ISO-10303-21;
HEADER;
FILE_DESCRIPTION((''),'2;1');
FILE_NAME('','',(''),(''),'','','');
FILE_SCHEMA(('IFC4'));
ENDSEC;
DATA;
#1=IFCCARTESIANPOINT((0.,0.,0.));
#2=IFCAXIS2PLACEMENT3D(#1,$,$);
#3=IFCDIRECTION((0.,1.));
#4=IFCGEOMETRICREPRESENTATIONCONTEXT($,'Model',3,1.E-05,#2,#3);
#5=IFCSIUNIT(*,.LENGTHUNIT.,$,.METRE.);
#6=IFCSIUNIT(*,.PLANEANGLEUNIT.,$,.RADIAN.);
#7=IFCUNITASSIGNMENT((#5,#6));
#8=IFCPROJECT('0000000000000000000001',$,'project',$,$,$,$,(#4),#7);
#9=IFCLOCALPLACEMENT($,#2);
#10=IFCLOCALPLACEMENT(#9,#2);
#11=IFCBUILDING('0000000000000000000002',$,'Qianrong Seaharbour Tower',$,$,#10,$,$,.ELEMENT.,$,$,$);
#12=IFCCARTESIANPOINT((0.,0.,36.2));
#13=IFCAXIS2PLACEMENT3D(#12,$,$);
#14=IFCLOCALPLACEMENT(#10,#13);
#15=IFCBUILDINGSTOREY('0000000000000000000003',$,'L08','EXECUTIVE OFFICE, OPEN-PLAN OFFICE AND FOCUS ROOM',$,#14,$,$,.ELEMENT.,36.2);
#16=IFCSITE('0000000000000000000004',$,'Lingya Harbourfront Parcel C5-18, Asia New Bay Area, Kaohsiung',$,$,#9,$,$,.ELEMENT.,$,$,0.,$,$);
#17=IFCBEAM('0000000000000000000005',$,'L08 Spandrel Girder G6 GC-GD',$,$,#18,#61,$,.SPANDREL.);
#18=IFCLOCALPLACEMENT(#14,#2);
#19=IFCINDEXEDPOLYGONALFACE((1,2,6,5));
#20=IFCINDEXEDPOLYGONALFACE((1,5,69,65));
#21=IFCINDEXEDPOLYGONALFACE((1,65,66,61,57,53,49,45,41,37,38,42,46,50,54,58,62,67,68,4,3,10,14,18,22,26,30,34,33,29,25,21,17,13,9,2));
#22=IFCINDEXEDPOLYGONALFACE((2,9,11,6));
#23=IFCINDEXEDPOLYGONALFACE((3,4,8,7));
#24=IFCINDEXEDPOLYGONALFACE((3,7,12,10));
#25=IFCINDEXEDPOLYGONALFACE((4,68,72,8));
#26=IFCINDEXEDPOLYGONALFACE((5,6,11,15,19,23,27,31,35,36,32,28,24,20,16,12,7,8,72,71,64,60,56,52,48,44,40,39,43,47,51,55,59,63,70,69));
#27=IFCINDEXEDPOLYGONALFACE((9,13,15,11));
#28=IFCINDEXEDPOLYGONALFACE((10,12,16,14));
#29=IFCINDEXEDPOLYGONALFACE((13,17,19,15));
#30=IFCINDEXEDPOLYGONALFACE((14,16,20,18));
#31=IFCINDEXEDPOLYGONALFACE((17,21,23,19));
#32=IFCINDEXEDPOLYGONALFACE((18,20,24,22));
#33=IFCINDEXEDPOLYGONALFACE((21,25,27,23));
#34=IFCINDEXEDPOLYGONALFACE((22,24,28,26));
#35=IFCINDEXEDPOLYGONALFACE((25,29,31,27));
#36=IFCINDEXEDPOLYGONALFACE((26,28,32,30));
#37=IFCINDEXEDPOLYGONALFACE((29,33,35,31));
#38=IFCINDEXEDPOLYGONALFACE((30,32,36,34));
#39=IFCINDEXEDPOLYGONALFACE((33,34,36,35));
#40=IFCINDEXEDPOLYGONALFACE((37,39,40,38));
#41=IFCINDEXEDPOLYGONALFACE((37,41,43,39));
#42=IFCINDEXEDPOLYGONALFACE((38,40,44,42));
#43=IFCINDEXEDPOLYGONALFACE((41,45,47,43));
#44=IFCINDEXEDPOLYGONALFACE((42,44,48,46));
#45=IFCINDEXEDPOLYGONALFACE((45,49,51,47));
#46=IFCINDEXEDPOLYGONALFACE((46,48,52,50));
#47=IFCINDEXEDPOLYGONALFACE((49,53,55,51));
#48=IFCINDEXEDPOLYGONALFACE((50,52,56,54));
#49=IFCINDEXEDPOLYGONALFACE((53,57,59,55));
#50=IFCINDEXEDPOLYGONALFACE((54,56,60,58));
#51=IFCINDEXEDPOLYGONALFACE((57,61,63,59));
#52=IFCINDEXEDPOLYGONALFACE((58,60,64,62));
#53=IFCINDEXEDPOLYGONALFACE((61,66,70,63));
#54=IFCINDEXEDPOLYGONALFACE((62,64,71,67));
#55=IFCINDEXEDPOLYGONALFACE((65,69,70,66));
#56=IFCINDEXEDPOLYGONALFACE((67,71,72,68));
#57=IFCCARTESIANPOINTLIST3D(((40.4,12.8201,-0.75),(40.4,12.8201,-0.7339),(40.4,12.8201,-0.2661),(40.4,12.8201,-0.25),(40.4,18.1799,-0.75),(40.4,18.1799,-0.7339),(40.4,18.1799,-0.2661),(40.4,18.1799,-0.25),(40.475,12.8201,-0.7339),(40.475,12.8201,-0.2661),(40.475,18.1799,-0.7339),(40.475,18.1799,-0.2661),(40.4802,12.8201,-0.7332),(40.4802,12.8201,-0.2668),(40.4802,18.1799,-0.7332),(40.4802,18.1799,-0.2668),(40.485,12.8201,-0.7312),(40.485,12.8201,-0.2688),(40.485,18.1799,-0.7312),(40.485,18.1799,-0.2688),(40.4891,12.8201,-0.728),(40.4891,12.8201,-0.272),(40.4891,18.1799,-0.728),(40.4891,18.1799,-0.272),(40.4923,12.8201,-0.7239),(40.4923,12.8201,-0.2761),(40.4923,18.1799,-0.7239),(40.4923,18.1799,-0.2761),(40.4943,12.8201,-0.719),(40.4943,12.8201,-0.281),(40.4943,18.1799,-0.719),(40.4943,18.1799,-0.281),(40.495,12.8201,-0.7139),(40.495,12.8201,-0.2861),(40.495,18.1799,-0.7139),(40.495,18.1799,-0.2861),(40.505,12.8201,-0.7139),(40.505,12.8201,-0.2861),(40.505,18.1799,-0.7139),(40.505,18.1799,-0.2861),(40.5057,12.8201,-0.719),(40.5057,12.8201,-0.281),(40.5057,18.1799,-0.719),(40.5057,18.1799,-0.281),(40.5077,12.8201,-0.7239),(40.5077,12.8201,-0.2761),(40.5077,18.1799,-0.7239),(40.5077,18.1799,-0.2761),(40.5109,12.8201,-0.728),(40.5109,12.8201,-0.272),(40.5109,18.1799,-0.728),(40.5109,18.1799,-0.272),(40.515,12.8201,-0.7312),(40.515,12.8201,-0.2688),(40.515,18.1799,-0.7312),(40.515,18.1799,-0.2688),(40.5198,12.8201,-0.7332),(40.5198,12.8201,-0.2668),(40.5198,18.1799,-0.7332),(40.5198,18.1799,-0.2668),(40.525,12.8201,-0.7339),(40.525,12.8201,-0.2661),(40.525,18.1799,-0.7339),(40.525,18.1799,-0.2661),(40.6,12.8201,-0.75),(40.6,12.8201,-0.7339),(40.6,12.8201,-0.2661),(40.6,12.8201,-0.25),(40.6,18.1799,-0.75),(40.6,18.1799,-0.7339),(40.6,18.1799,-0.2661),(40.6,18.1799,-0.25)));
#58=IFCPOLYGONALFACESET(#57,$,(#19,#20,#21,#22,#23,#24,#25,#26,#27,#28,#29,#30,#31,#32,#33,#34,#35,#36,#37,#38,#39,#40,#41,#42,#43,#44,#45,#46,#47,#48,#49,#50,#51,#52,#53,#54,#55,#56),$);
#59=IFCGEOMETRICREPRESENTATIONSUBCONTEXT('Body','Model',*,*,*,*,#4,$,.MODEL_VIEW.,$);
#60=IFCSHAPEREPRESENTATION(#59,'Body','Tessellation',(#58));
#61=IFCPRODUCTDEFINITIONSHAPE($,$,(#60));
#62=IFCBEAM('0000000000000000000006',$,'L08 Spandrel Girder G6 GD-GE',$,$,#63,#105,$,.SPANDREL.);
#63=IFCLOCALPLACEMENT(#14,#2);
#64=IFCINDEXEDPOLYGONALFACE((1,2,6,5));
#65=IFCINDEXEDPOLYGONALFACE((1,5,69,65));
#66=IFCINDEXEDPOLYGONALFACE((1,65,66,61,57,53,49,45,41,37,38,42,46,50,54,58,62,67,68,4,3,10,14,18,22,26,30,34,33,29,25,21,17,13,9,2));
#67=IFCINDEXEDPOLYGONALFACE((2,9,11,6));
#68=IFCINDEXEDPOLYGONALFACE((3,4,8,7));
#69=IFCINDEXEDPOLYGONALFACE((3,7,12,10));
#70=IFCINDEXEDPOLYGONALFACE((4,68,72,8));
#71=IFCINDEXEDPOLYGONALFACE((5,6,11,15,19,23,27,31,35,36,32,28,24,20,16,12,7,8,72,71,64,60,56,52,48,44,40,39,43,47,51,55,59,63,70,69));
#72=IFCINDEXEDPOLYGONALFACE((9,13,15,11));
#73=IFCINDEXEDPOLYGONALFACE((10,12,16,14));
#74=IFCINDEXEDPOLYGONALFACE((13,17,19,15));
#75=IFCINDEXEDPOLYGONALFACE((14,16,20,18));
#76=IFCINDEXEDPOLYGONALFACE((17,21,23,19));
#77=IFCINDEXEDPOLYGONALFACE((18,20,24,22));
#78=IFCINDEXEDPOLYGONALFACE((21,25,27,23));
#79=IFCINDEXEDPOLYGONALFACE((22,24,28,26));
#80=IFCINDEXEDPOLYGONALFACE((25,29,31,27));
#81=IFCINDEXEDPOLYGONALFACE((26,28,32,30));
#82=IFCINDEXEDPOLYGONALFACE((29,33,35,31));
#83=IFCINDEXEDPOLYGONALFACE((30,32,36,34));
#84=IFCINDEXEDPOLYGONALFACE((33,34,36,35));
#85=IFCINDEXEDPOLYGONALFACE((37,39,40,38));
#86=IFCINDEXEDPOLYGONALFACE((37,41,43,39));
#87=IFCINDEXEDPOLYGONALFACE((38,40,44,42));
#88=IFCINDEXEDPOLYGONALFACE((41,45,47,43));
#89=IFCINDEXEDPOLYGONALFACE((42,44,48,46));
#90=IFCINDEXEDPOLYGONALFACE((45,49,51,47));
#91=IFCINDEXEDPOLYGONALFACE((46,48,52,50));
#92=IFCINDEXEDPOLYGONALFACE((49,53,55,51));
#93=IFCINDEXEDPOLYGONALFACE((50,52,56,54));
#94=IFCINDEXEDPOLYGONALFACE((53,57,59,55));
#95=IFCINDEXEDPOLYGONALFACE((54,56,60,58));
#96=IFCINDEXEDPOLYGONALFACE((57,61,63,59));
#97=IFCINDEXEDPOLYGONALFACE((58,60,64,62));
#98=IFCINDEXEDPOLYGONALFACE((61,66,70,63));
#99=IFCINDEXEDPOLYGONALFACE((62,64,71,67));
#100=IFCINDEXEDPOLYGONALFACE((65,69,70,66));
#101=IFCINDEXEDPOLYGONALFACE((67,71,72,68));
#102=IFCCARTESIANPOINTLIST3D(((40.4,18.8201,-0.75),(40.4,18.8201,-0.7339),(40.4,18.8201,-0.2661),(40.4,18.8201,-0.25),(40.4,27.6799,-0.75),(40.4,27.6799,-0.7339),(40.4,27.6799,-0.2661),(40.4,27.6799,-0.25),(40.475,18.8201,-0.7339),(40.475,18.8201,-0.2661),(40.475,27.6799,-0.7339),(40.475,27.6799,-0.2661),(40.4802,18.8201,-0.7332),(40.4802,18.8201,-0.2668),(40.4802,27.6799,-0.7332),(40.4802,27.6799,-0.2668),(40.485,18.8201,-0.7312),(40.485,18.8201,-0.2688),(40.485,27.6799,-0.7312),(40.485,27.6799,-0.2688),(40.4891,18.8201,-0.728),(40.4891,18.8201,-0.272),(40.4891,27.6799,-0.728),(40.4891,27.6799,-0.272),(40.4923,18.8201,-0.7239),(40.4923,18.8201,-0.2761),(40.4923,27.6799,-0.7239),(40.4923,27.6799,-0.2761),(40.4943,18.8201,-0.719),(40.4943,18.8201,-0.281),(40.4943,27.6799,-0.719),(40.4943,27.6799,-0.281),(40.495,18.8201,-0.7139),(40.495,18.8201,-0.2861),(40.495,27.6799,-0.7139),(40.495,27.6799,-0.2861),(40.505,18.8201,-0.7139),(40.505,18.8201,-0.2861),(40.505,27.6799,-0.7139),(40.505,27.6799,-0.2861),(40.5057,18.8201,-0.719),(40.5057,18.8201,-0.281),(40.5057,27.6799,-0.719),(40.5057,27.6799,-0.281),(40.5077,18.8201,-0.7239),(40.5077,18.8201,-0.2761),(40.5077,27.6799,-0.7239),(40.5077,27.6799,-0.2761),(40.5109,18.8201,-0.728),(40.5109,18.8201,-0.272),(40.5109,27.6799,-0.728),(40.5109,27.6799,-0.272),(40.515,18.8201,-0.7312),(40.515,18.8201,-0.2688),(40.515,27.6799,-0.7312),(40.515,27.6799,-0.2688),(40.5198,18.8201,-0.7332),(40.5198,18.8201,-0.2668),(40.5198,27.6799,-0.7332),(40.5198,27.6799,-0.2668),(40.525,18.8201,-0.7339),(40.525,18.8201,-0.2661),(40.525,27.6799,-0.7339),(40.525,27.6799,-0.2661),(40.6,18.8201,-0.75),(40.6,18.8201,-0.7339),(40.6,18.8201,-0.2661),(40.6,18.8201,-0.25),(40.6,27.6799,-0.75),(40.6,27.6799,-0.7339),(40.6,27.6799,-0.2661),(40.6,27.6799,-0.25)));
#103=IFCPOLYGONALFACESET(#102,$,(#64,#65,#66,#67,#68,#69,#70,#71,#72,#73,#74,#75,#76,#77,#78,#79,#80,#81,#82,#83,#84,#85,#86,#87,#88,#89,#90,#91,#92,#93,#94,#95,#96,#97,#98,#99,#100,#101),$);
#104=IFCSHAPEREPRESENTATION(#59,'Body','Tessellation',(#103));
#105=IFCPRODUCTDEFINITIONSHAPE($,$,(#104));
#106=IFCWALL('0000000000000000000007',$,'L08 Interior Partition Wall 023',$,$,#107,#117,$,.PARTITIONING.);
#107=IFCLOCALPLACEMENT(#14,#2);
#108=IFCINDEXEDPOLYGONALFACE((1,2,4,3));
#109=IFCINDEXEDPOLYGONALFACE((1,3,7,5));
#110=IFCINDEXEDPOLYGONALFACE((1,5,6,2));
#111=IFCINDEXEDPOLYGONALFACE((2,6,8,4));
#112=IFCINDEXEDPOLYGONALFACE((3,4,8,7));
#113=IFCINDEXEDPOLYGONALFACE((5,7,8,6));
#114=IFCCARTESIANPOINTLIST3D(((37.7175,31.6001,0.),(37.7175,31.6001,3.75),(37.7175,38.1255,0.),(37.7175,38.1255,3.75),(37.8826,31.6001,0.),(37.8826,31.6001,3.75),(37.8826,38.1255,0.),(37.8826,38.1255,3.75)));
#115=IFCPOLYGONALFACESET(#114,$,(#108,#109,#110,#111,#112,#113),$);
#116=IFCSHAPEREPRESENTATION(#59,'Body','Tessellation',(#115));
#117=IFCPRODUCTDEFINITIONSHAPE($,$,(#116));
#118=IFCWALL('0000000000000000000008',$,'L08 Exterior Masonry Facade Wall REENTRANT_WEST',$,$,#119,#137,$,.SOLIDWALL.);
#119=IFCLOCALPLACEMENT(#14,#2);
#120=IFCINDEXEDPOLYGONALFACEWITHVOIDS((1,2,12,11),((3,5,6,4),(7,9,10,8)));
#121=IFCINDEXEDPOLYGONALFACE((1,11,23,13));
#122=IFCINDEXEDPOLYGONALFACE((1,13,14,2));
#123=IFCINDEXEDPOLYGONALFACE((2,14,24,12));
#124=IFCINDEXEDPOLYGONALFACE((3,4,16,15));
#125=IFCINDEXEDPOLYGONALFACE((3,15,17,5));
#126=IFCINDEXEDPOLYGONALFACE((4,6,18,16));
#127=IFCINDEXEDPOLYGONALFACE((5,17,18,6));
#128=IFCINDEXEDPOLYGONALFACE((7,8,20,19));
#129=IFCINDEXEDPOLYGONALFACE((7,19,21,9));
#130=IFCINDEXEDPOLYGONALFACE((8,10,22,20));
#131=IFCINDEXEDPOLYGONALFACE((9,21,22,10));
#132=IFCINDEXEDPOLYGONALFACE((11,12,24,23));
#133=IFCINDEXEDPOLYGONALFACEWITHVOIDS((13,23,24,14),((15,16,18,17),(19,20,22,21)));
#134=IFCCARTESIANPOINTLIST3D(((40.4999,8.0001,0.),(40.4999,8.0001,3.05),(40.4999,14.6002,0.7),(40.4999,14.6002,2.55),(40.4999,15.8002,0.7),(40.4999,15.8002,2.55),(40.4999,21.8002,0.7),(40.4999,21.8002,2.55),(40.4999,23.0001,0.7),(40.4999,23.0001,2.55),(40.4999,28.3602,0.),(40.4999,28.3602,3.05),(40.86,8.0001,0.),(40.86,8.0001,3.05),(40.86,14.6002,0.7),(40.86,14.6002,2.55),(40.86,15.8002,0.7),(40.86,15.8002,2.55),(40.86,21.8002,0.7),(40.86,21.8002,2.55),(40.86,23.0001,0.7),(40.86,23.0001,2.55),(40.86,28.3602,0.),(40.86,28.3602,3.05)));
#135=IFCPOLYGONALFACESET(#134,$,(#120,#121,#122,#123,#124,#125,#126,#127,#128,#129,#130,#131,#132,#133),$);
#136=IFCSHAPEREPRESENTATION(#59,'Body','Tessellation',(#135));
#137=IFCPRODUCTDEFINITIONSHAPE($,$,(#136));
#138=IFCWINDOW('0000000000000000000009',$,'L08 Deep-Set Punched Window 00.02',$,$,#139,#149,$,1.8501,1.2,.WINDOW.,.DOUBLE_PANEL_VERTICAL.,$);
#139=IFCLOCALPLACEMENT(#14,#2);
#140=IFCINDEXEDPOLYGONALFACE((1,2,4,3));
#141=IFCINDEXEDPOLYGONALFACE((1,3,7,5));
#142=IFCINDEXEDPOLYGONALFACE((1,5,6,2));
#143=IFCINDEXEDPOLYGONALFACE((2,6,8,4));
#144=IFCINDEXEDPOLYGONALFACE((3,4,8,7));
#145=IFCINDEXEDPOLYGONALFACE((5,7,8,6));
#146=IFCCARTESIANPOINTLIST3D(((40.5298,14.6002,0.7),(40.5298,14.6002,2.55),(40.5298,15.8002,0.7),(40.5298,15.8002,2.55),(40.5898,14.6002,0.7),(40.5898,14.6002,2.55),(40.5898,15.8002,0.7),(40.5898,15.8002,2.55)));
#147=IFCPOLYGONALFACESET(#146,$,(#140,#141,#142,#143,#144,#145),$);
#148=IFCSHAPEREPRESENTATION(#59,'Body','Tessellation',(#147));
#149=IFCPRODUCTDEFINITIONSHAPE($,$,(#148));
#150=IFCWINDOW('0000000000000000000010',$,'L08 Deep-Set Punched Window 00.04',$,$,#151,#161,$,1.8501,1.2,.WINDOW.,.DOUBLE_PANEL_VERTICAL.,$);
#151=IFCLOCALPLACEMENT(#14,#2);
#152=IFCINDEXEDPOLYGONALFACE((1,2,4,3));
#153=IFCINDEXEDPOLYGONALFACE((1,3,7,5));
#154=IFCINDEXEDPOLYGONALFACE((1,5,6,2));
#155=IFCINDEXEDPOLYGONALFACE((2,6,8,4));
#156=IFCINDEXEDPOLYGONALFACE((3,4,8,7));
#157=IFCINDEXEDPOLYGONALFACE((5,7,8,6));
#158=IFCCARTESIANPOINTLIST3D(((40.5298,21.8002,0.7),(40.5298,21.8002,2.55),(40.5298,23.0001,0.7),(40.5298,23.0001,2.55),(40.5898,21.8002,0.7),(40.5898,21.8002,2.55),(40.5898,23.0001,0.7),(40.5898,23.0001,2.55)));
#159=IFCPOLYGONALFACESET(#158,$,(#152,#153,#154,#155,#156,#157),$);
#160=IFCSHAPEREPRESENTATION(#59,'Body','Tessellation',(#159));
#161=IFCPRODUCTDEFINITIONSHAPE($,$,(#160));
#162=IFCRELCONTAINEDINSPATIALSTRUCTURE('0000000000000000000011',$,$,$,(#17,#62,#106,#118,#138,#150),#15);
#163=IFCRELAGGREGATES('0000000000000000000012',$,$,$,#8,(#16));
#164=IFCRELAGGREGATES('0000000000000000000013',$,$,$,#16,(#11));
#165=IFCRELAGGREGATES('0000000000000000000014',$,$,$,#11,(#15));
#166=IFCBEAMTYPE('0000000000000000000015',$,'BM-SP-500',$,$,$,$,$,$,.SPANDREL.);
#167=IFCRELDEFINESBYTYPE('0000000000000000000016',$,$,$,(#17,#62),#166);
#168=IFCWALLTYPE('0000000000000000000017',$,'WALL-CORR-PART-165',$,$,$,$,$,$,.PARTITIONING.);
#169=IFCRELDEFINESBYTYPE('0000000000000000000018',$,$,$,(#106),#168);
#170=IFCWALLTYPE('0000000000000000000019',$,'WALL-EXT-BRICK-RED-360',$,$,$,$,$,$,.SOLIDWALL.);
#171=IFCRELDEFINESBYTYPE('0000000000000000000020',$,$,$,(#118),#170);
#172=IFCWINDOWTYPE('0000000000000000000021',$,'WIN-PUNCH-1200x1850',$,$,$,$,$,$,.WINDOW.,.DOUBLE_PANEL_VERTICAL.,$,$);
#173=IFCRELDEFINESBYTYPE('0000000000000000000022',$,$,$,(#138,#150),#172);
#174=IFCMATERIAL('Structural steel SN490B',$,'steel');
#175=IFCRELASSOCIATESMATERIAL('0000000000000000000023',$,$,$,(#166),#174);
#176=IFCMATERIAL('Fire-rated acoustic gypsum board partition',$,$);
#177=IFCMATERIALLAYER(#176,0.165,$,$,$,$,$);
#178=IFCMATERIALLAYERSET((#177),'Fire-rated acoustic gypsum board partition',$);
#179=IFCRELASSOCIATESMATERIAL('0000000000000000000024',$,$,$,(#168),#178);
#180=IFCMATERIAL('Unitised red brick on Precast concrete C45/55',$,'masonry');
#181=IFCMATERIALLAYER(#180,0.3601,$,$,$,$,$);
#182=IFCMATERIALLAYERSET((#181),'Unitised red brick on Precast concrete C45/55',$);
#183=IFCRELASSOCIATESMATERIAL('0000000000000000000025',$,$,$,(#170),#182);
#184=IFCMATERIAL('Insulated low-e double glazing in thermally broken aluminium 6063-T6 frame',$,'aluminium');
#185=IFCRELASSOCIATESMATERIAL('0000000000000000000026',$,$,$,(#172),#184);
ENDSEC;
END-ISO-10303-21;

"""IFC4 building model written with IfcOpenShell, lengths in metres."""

from ifc_helpers import new_model, si_unit, direction, frame, frame_2d, origin, origin_2d, place, context, subcontext, project, spatial, rectangle, i_section, extrude, material, layer, layer_set, material_profile, profile_set, type_object, element, fill, save


model = new_model("IFC4")

# Units and contexts
model_context = context("Model", 3, precision=1e-05, world=origin(), true_north=direction((0.0, 1.0)))
body_context = subcontext(model_context, "Body", "Model", "MODEL_VIEW")
ifc_project = project(units=[si_unit("LENGTHUNIT", "METRE"), si_unit("PLANEANGLEUNIT", "RADIAN")], contexts=[model_context])

# Site, building, storey
site_placement = place(None, origin())
site = spatial("IfcSite", under=ifc_project, at=site_placement, Name="Lingya Harbourfront Parcel C5-18, Asia New Bay Area, Kaohsiung", CompositionType="ELEMENT", RefElevation=0.0)
building_placement = place(site_placement, origin())
building = spatial("IfcBuilding", under=site, at=building_placement, Name="Qianrong Seaharbour Tower", CompositionType="ELEMENT")
storey_placement = place(building_placement, frame((0.0, 0.0, 36.2)))
storey = spatial("IfcBuildingStorey", under=building, at=storey_placement, Name="L08", Description="EXECUTIVE OFFICE, OPEN-PLAN OFFICE AND FOCUS ROOM", CompositionType="ELEMENT", Elevation=36.2)

# Shared definitions
ifc_material_1 = material(Name="Structural steel SN490B", Category="steel")

# Beams
ifc_material_profile_1 = material_profile(ifc_material_1, i_section(OverallWidth=0.2, OverallDepth=0.5, WebThickness=0.01, FlangeThickness=0.0161, FilletRadius=0.02, at=origin_2d()), Name="H500x200x10x16")
ifc_profile_set_1 = profile_set([ifc_material_profile_1], Name="Structural steel SN490B")
beam_type_1 = type_object("IfcBeamType", Name="BM-SP-500", PredefinedType="SPANDREL", material=ifc_profile_set_1)
beam_1_placement = place(storey_placement, frame((40.5, 12.8201, -0.5), z_axis=(0.0, 1.0, 0.0), x_axis=(-1.0, 0.0, 0.0)))
element("IfcBeam", 1, at=beam_1_placement, inside=storey, type_object=beam_type_1, Name="L08 Spandrel Girder G6 GC-GD", PredefinedType="SPANDREL", context=body_context, shape_type="SweptSolid", body=[
    extrude(i_section(OverallWidth=0.2, OverallDepth=0.5, WebThickness=0.01, FlangeThickness=0.0161, FilletRadius=0.02, at=origin_2d()), origin(), (0.0, 0.0, 1.0), 5.3599),
])
beam_2_placement = place(storey_placement, frame((40.5, 18.8201, -0.5), z_axis=(0.0, 1.0, 0.0), x_axis=(-1.0, 0.0, 0.0)))
element("IfcBeam", 2, at=beam_2_placement, inside=storey, type_object=beam_type_1, Name="L08 Spandrel Girder G6 GD-GE", PredefinedType="SPANDREL", context=body_context, shape_type="SweptSolid", body=[
    extrude(i_section(OverallWidth=0.2, OverallDepth=0.5, WebThickness=0.01, FlangeThickness=0.0161, FilletRadius=0.02, at=origin_2d()), origin(), (0.0, 0.0, 1.0), 8.8599),
])

# Wall
ifc_material_2 = material(Name="Fire-rated acoustic gypsum board partition")
ifc_layer_1 = layer(ifc_material_2, 0.165)
ifc_layer_set_1 = layer_set([ifc_layer_1], Name="Fire-rated acoustic gypsum board partition")
wall_type_1 = type_object("IfcWallType", Name="WALL-CORR-PART-165", PredefinedType="PARTITIONING", material=ifc_layer_set_1)
wall_1_placement = place(storey_placement, frame((37.8, 31.6001, 0.0), z_axis=(0.0, 0.0, 1.0), x_axis=(0.0, 1.0, 0.0)))
element("IfcWall", 3, at=wall_1_placement, inside=storey, type_object=wall_type_1, Name="L08 Interior Partition Wall 023", PredefinedType="PARTITIONING", context=body_context, shape_type="SweptSolid", body=[
    extrude(rectangle(XDim=6.5254, YDim=0.165, at=frame_2d((3.2627, 0.0))), origin(), (0.0, 0.0, 1.0), 3.75),
])

# Wall, openings, windows
ifc_material_3 = material(Name="Unitised red brick on Precast concrete C45/55", Category="masonry")
ifc_layer_2 = layer(ifc_material_3, 0.3601)
ifc_layer_set_2 = layer_set([ifc_layer_2], Name="Unitised red brick on Precast concrete C45/55")
wall_type_2 = type_object("IfcWallType", Name="WALL-EXT-BRICK-RED-360", PredefinedType="SOLIDWALL", material=ifc_layer_set_2)
wall_2_placement = place(storey_placement, frame((40.6799, 8.0, 0.0), z_axis=(0.0, 0.0, 1.0), x_axis=(0.0, 1.0, 0.0)))
wall_2 = element("IfcWall", 4, at=wall_2_placement, inside=storey, type_object=wall_type_2, Name="L08 Exterior Masonry Facade Wall REENTRANT_WEST", PredefinedType="SOLIDWALL", context=body_context, shape_type="SweptSolid", body=[
    extrude(rectangle(XDim=20.3601, YDim=0.3601, at=frame_2d((10.1802, 0.0))), origin(), (0.0, 0.0, 1.0), 3.05),
])
opening_1_placement = place(wall_2_placement, frame((6.6001, 0.0, 0.7)))
opening_1 = element("IfcOpeningElement", 5, at=opening_1_placement, cuts=wall_2, PredefinedType="OPENING", context=body_context, shape_type="SweptSolid", body=[
    extrude(rectangle(XDim=1.2, YDim=1.8501, at=frame_2d((0.6001, 0.925))), frame((0.0, 0.1899, 0.0), z_axis=(0.0, -1.0, 0.0), x_axis=(1.0, 0.0, 0.0)), (0.0, 0.0, 1.0), 0.3801),
])
opening_2_placement = place(wall_2_placement, frame((13.8, 0.0, 0.7)))
opening_2 = element("IfcOpeningElement", 6, at=opening_2_placement, cuts=wall_2, PredefinedType="OPENING", context=body_context, shape_type="SweptSolid", body=[
    extrude(rectangle(XDim=1.2, YDim=1.8501, at=frame_2d((0.6001, 0.925))), frame((0.0, 0.1899, 0.0), z_axis=(0.0, -1.0, 0.0), x_axis=(1.0, 0.0, 0.0)), (0.0, 0.0, 1.0), 0.3801),
])
ifc_material_4 = material(Name="Insulated low-e double glazing in thermally broken aluminium 6063-T6 frame", Category="aluminium")
window_type = type_object("IfcWindowType", Name="WIN-PUNCH-1200x1850", PartitioningType="DOUBLE_PANEL_VERTICAL", PredefinedType="WINDOW", material=ifc_material_4)
window_1_placement = place(opening_1_placement, origin())
window_1 = element("IfcWindow", 7, at=window_1_placement, inside=storey, type_object=window_type, Name="L08 Deep-Set Punched Window 00.02", OverallHeight=1.8501, OverallWidth=1.2, PartitioningType="DOUBLE_PANEL_VERTICAL", PredefinedType="WINDOW", context=body_context, shape_type="SweptSolid", body=[
    extrude(rectangle(XDim=1.2, YDim=1.8501, at=frame_2d((0.6001, 0.925))), frame((0.0, 0.1501, 0.0), z_axis=(0.0, -1.0, 0.0), x_axis=(1.0, 0.0, 0.0)), (0.0, 0.0, 1.0), 0.0601),
])
fill(opening_1, window_1)
window_2_placement = place(opening_2_placement, origin())
window_2 = element("IfcWindow", 8, at=window_2_placement, inside=storey, type_object=window_type, Name="L08 Deep-Set Punched Window 00.04", OverallHeight=1.8501, OverallWidth=1.2, PartitioningType="DOUBLE_PANEL_VERTICAL", PredefinedType="WINDOW", context=body_context, shape_type="SweptSolid", body=[
    extrude(rectangle(XDim=1.2, YDim=1.8501, at=frame_2d((0.6001, 0.925))), frame((0.0, 0.1501, 0.0), z_axis=(0.0, -1.0, 0.0), x_axis=(1.0, 0.0, 0.0)), (0.0, 0.0, 1.0), 0.0601),
])
fill(opening_2, window_2)

save(model, "model.ifc")
